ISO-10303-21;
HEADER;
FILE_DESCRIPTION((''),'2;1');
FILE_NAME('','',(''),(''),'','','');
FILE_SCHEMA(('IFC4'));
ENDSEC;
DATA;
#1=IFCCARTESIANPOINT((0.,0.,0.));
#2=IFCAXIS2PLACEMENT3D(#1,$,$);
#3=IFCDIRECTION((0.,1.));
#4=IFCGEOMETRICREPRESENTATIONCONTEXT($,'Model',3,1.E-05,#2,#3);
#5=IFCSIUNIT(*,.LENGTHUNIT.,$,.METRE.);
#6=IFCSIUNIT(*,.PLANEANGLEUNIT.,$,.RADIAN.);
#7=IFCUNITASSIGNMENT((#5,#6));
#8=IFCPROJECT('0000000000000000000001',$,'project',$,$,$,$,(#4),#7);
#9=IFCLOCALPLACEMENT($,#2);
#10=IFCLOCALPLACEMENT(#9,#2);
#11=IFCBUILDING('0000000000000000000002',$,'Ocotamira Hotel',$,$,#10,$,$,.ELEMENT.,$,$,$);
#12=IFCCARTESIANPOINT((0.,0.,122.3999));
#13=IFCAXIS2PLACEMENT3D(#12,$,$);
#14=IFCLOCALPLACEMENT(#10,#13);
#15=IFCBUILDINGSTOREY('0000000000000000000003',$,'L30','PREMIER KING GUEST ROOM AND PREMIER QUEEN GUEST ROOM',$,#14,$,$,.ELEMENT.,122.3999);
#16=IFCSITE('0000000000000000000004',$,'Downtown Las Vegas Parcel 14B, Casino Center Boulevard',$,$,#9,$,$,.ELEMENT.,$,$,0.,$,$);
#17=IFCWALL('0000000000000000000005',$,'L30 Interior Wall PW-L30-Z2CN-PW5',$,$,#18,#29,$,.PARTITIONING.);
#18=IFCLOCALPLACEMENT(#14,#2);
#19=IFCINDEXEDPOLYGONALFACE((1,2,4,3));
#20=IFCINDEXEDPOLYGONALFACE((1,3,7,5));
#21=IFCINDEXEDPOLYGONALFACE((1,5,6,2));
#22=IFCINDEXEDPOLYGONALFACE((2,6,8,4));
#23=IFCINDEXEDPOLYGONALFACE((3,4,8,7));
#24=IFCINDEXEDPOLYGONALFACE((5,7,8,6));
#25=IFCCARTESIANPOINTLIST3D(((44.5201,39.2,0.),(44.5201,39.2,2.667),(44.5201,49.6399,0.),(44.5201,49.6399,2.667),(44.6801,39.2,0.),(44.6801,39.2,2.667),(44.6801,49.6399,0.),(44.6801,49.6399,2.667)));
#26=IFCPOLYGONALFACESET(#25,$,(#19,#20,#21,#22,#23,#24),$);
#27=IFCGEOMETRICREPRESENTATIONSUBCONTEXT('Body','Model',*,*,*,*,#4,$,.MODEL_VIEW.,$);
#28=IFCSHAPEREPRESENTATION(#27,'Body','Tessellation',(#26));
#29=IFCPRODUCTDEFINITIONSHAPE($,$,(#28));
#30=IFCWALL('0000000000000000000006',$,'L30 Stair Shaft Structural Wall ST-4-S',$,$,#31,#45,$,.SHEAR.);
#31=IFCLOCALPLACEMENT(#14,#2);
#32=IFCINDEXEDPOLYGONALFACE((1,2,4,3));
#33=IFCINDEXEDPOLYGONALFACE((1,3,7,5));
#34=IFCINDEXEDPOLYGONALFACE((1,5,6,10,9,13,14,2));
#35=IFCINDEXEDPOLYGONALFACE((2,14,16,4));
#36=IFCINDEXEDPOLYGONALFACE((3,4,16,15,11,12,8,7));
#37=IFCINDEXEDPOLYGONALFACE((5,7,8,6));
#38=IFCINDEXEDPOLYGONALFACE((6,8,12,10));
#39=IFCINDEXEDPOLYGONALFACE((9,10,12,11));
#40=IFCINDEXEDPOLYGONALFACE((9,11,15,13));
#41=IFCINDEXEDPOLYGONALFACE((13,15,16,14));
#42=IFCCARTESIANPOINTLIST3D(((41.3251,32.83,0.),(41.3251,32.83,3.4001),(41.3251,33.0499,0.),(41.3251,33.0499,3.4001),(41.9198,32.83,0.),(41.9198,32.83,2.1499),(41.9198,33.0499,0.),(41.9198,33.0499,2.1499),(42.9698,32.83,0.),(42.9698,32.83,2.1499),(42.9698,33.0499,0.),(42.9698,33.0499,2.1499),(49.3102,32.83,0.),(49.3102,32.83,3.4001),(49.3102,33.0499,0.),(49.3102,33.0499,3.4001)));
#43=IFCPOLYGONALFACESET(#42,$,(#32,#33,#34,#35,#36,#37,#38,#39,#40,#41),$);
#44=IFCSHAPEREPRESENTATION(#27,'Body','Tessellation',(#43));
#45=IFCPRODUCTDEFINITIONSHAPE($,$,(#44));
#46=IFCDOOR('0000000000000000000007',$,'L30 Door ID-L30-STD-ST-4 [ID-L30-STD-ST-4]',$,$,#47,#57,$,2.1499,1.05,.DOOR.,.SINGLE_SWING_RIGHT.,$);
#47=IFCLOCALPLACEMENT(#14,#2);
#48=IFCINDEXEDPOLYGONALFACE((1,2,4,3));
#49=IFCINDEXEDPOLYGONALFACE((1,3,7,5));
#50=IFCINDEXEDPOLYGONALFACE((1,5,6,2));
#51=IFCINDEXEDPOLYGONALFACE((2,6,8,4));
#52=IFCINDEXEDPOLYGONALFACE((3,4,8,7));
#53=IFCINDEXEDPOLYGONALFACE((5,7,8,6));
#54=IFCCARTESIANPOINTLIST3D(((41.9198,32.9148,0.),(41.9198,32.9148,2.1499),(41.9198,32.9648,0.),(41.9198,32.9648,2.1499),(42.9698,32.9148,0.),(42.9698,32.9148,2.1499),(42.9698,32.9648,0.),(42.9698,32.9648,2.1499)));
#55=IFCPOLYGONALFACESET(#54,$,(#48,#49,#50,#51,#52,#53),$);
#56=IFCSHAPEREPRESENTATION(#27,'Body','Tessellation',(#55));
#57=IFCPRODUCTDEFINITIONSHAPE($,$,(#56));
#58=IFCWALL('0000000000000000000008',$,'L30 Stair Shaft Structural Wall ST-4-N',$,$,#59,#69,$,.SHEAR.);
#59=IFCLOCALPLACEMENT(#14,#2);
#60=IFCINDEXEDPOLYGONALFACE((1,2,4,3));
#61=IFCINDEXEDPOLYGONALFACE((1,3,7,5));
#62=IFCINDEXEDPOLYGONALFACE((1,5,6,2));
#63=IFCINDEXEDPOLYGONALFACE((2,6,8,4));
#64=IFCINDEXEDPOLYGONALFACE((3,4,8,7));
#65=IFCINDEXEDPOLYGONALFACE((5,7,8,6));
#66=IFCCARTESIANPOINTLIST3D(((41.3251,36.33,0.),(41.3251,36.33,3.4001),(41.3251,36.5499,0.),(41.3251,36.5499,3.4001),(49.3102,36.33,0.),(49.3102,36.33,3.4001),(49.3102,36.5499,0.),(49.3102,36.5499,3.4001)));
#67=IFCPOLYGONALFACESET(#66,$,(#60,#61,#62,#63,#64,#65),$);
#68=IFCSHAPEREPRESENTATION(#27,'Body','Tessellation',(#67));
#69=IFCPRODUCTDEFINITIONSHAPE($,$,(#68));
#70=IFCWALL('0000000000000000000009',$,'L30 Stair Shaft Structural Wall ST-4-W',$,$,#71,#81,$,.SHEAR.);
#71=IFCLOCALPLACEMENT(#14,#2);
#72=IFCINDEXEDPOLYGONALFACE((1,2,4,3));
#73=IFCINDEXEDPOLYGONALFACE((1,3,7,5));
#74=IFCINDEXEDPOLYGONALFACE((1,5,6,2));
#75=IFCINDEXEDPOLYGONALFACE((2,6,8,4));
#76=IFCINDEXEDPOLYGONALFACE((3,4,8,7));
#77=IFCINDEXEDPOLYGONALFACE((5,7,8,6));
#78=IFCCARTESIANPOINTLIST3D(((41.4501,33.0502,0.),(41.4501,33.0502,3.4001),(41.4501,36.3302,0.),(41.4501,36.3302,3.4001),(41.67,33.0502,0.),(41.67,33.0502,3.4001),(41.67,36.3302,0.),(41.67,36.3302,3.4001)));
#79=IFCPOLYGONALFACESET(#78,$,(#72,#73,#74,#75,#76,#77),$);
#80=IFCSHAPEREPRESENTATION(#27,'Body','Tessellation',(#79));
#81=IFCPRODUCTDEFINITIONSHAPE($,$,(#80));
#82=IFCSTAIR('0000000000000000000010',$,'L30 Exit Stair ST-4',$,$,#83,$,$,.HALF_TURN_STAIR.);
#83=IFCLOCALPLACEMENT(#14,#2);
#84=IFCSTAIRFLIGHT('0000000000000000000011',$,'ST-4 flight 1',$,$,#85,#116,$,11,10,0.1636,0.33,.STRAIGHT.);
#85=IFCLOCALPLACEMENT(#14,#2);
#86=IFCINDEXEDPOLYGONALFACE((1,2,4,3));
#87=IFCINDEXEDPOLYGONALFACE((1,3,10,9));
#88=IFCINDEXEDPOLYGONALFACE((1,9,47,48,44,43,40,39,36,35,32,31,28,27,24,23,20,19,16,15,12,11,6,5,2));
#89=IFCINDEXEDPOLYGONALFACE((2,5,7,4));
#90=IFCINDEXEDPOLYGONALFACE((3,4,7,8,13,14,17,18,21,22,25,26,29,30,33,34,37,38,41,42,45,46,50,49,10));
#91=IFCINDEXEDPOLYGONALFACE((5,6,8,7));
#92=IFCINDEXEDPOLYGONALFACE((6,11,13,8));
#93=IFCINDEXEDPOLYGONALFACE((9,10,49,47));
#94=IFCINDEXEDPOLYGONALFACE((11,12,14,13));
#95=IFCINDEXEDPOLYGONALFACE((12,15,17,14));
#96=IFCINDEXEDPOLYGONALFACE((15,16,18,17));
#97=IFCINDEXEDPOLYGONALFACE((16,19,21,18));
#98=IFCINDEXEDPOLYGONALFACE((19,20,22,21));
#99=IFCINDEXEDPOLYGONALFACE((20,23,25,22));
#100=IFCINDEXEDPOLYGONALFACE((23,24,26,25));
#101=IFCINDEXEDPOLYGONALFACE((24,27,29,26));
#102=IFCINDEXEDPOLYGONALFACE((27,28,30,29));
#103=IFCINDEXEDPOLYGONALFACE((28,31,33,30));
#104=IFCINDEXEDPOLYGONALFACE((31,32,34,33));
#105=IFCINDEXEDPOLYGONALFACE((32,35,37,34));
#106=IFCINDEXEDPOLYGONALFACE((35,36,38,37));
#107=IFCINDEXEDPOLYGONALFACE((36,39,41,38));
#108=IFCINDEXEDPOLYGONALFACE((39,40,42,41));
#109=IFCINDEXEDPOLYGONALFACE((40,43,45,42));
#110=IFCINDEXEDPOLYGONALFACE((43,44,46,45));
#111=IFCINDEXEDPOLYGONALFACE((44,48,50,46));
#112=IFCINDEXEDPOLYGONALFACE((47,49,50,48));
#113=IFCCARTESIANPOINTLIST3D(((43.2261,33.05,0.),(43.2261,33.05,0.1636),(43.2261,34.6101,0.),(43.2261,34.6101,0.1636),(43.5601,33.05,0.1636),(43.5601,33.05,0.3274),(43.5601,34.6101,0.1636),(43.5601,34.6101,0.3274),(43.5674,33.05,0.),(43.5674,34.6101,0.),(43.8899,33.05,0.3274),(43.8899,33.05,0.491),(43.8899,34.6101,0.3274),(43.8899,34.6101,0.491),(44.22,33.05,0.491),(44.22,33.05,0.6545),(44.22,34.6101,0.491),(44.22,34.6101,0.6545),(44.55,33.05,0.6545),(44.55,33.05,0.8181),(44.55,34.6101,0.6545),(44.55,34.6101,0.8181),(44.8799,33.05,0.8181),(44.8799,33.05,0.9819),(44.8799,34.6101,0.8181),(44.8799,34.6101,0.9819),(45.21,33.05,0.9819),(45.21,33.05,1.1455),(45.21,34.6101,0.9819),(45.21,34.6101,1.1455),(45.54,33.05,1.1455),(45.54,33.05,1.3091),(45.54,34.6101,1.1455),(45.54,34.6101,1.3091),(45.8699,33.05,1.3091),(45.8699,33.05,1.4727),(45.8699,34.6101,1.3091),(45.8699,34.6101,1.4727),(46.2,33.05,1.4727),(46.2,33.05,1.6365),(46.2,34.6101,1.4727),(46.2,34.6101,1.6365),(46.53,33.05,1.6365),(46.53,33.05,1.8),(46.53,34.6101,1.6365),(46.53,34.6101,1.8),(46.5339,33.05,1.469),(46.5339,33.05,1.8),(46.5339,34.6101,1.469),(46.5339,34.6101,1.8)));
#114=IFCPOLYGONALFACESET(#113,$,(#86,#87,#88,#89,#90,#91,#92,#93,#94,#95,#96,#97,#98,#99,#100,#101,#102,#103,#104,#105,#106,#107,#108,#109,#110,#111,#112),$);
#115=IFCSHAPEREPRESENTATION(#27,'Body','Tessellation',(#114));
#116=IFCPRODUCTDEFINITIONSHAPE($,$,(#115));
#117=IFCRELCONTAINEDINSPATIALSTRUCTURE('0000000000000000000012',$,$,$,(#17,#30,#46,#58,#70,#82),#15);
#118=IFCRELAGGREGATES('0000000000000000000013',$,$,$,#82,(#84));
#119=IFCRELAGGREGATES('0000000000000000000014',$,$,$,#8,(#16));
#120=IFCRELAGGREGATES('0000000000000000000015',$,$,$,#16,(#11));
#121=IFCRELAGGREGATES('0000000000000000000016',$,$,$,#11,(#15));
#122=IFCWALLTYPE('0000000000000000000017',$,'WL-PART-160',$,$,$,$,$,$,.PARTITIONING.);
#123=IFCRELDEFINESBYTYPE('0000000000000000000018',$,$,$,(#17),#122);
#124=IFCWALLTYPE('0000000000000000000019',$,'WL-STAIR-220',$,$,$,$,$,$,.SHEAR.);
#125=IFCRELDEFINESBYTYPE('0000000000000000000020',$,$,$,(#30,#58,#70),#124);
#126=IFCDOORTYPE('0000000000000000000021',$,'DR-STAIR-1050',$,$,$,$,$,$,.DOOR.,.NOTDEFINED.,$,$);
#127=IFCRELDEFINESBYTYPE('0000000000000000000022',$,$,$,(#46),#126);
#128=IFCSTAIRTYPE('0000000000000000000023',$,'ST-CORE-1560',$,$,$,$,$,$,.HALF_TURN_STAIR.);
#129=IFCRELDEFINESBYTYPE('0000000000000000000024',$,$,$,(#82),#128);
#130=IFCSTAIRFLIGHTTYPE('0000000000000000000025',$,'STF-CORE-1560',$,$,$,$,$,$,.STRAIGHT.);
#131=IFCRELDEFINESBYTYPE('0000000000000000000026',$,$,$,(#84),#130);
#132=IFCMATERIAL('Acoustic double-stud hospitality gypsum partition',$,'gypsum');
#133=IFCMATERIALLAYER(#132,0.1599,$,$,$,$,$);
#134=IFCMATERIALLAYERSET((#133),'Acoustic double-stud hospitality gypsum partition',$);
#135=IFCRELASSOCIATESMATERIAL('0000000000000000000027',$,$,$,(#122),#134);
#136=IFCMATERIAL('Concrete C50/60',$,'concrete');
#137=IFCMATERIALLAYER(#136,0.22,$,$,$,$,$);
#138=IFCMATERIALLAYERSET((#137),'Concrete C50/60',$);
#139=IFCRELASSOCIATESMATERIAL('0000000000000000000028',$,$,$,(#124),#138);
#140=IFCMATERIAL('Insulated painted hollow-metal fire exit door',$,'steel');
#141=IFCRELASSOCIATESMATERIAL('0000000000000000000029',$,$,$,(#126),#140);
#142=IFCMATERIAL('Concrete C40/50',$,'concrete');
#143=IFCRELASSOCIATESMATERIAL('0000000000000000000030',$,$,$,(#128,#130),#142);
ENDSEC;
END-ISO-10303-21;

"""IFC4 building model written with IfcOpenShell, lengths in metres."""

from ifc_helpers import new_model, si_unit, direction, frame, frame_2d, origin, place, context, subcontext, project, spatial, polyline, rectangle, outline, extrude, source, transform, mapped, material, layer, layer_set, type_object, element, fill, aggregate, save


model = new_model("IFC4")

# Units and contexts
model_context = context("Model", 3, precision=1e-05, world=origin(), true_north=direction((0.0, 1.0)))
body_context = subcontext(model_context, "Body", "Model", "MODEL_VIEW")
ifc_project = project(units=[si_unit("LENGTHUNIT", "METRE"), si_unit("PLANEANGLEUNIT", "RADIAN")], contexts=[model_context])

# Site, building, storey
site_placement = place(None, origin())
site = spatial("IfcSite", under=ifc_project, at=site_placement, Name="Downtown Las Vegas Parcel 14B, Casino Center Boulevard", CompositionType="ELEMENT", RefElevation=0.0)
building_placement = place(site_placement, origin())
building = spatial("IfcBuilding", under=site, at=building_placement, Name="Ocotamira Hotel", CompositionType="ELEMENT")
storey_placement = place(building_placement, frame((0.0, 0.0, 122.3999)))
storey = spatial("IfcBuildingStorey", under=building, at=storey_placement, Name="L30", Description="PREMIER KING GUEST ROOM AND PREMIER QUEEN GUEST ROOM", CompositionType="ELEMENT", Elevation=122.3999)

# Wall
ifc_material_1 = material(Name="Acoustic double-stud hospitality gypsum partition", Category="gypsum")
ifc_layer_1 = layer(ifc_material_1, 0.1599)
ifc_layer_set_1 = layer_set([ifc_layer_1], Name="Acoustic double-stud hospitality gypsum partition")
wall_type_1 = type_object("IfcWallType", Name="WL-PART-160", PredefinedType="PARTITIONING", material=ifc_layer_set_1)
wall_1_placement = place(storey_placement, frame((44.6001, 39.2, 0.0), z_axis=(0.0, 0.0, 1.0), x_axis=(0.0, 1.0, 0.0)))
element("IfcWall", 1, at=wall_1_placement, inside=storey, type_object=wall_type_1, Name="L30 Interior Wall PW-L30-Z2CN-PW5", PredefinedType="PARTITIONING", context=body_context, shape_type="SweptSolid", body=[
    extrude(rectangle(XDim=10.4399, YDim=0.1599, at=frame_2d((5.22, 0.0))), origin(), (0.0, 0.0, 1.0), 2.667),
])

# Wall, opening, door
ifc_material_2 = material(Name="Concrete C50/60", Category="concrete")
ifc_layer_2 = layer(ifc_material_2, 0.22)
ifc_layer_set_2 = layer_set([ifc_layer_2], Name="Concrete C50/60")
wall_type_2 = type_object("IfcWallType", Name="WL-STAIR-220", PredefinedType="SHEAR", material=ifc_layer_set_2)
wall_2_placement = place(storey_placement, frame((41.325, 32.9399, 0.0), z_axis=(0.0, 0.0, 1.0), x_axis=(1.0, 0.0, 0.0)))
wall_2 = element("IfcWall", 2, at=wall_2_placement, inside=storey, type_object=wall_type_2, Name="L30 Stair Shaft Structural Wall ST-4-S", PredefinedType="SHEAR", context=body_context, shape_type="SweptSolid", body=[
    extrude(rectangle(XDim=7.9851, YDim=0.22, at=frame_2d((3.9927, 0.0))), origin(), (0.0, 0.0, 1.0), 3.4001),
])
opening_1_placement = place(wall_2_placement, frame((0.595, 0.0, 0.0)))
opening_1 = element("IfcOpeningElement", 3, at=opening_1_placement, cuts=wall_2, PredefinedType="OPENING", context=body_context, shape_type="SweptSolid", body=[
    extrude(rectangle(XDim=1.05, YDim=2.1499, at=frame_2d((0.5249, 1.075))), frame((0.0, 0.1201, 0.0), z_axis=(0.0, -1.0, 0.0), x_axis=(1.0, 0.0, 0.0)), (0.0, 0.0, 1.0), 0.24),
])
ifc_material_3 = material(Name="Insulated painted hollow-metal fire exit door", Category="steel")
door_type_1 = type_object("IfcDoorType", Name="DR-STAIR-1050", OperationType="NOTDEFINED", PredefinedType="DOOR", material=ifc_material_3)
shared_shape_1 = source(origin(), body_context, "Body", "SweptSolid", [
    extrude(rectangle(XDim=1.05, YDim=2.1499, at=frame_2d((0.5249, 1.075))), frame((0.0, 0.0249, 0.0), z_axis=(0.0, -1.0, 0.0), x_axis=(1.0, 0.0, 0.0)), (0.0, 0.0, 1.0), 0.05),
])
door_1_placement = place(opening_1_placement, origin())
door_1 = element("IfcDoor", 4, at=door_1_placement, inside=storey, type_object=door_type_1, Name="L30 Door ID-L30-STD-ST-4 [ID-L30-STD-ST-4]", OperationType="SINGLE_SWING_RIGHT", OverallHeight=2.1499, OverallWidth=1.05, PredefinedType="DOOR", context=body_context, shape_type="MappedRepresentation", body=[
    mapped(shared_shape_1, transform((0.0, 0.0, 0.0), scale=1.0)),
])
fill(opening_1, door_1)

# Walls
wall_3_placement = place(storey_placement, frame((41.325, 36.4399, 0.0), z_axis=(0.0, 0.0, 1.0), x_axis=(1.0, 0.0, 0.0)))
element("IfcWall", 5, at=wall_3_placement, inside=storey, type_object=wall_type_2, Name="L30 Stair Shaft Structural Wall ST-4-N", PredefinedType="SHEAR", context=body_context, shape_type="SweptSolid", body=[
    extrude(rectangle(XDim=7.9851, YDim=0.22, at=frame_2d((3.9927, 0.0))), origin(), (0.0, 0.0, 1.0), 3.4001),
])
wall_4_placement = place(storey_placement, frame((41.5601, 33.05, 0.0), z_axis=(0.0, 0.0, 1.0), x_axis=(0.0, 1.0, 0.0)))
element("IfcWall", 6, at=wall_4_placement, inside=storey, type_object=wall_type_2, Name="L30 Stair Shaft Structural Wall ST-4-W", PredefinedType="SHEAR", context=body_context, shape_type="SweptSolid", body=[
    extrude(rectangle(XDim=3.28, YDim=0.22, at=frame_2d((1.6401, 0.0))), origin(), (0.0, 0.0, 1.0), 3.4001),
])

# Stair, stair flight
ifc_material_4 = material(Name="Concrete C40/50", Category="concrete")
stair_type = type_object("IfcStairType", Name="ST-CORE-1560", PredefinedType="HALF_TURN_STAIR", material=ifc_material_4)
stair_placement = place(storey_placement, origin())
stair = element("IfcStair", 7, at=stair_placement, inside=storey, type_object=stair_type, Name="L30 Exit Stair ST-4", PredefinedType="HALF_TURN_STAIR")
stair_flight_type = type_object("IfcStairFlightType", Name="STF-CORE-1560", PredefinedType="STRAIGHT", material=ifc_material_4)
shared_shape_2 = source(origin(), body_context, "Body", "SweptSolid", [
    extrude(outline(polyline([(-0.0039, 0.0), (-0.0039, 0.1636), (0.3301, 0.1636), (0.3301, 0.3274), (0.6599, 0.3274), (0.6599, 0.491), (0.99, 0.491), (0.99, 0.6545), (1.3201, 0.6545), (1.3201, 0.8181), (1.6499, 0.8181), (1.6499, 0.9819), (1.98, 0.9819), (1.98, 1.1455), (2.3101, 1.1455), (2.3101, 1.3091), (2.6399, 1.3091), (2.6399, 1.4727), (2.97, 1.4727), (2.97, 1.6365), (3.3, 1.6365), (3.3, 1.8), (3.304, 1.8), (3.304, 1.469), (0.3374, 0.0), (-0.0039, 0.0)])), frame((0.0, 0.78, 0.0), z_axis=(0.0, -1.0, 0.0), x_axis=(1.0, 0.0, 0.0)), (0.0, 0.0, 1.0), 1.5601),
])
stair_flight_placement = place(storey_placement, frame((43.23, 33.8301, 0.0), z_axis=(0.0, 0.0, 1.0), x_axis=(1.0, 0.0, 0.0)))
stair_flight = element("IfcStairFlight", 8, at=stair_flight_placement, type_object=stair_flight_type, Name="ST-4 flight 1", NumberOfRisers=11, NumberOfTreads=10, PredefinedType="STRAIGHT", RiserHeight=0.1636, TreadLength=0.33, context=body_context, shape_type="MappedRepresentation", body=[
    mapped(shared_shape_2, transform((0.0, 0.0, 0.0), scale=1.0)),
])
aggregate(stair, [stair_flight])

save(model, "model.ifc")
